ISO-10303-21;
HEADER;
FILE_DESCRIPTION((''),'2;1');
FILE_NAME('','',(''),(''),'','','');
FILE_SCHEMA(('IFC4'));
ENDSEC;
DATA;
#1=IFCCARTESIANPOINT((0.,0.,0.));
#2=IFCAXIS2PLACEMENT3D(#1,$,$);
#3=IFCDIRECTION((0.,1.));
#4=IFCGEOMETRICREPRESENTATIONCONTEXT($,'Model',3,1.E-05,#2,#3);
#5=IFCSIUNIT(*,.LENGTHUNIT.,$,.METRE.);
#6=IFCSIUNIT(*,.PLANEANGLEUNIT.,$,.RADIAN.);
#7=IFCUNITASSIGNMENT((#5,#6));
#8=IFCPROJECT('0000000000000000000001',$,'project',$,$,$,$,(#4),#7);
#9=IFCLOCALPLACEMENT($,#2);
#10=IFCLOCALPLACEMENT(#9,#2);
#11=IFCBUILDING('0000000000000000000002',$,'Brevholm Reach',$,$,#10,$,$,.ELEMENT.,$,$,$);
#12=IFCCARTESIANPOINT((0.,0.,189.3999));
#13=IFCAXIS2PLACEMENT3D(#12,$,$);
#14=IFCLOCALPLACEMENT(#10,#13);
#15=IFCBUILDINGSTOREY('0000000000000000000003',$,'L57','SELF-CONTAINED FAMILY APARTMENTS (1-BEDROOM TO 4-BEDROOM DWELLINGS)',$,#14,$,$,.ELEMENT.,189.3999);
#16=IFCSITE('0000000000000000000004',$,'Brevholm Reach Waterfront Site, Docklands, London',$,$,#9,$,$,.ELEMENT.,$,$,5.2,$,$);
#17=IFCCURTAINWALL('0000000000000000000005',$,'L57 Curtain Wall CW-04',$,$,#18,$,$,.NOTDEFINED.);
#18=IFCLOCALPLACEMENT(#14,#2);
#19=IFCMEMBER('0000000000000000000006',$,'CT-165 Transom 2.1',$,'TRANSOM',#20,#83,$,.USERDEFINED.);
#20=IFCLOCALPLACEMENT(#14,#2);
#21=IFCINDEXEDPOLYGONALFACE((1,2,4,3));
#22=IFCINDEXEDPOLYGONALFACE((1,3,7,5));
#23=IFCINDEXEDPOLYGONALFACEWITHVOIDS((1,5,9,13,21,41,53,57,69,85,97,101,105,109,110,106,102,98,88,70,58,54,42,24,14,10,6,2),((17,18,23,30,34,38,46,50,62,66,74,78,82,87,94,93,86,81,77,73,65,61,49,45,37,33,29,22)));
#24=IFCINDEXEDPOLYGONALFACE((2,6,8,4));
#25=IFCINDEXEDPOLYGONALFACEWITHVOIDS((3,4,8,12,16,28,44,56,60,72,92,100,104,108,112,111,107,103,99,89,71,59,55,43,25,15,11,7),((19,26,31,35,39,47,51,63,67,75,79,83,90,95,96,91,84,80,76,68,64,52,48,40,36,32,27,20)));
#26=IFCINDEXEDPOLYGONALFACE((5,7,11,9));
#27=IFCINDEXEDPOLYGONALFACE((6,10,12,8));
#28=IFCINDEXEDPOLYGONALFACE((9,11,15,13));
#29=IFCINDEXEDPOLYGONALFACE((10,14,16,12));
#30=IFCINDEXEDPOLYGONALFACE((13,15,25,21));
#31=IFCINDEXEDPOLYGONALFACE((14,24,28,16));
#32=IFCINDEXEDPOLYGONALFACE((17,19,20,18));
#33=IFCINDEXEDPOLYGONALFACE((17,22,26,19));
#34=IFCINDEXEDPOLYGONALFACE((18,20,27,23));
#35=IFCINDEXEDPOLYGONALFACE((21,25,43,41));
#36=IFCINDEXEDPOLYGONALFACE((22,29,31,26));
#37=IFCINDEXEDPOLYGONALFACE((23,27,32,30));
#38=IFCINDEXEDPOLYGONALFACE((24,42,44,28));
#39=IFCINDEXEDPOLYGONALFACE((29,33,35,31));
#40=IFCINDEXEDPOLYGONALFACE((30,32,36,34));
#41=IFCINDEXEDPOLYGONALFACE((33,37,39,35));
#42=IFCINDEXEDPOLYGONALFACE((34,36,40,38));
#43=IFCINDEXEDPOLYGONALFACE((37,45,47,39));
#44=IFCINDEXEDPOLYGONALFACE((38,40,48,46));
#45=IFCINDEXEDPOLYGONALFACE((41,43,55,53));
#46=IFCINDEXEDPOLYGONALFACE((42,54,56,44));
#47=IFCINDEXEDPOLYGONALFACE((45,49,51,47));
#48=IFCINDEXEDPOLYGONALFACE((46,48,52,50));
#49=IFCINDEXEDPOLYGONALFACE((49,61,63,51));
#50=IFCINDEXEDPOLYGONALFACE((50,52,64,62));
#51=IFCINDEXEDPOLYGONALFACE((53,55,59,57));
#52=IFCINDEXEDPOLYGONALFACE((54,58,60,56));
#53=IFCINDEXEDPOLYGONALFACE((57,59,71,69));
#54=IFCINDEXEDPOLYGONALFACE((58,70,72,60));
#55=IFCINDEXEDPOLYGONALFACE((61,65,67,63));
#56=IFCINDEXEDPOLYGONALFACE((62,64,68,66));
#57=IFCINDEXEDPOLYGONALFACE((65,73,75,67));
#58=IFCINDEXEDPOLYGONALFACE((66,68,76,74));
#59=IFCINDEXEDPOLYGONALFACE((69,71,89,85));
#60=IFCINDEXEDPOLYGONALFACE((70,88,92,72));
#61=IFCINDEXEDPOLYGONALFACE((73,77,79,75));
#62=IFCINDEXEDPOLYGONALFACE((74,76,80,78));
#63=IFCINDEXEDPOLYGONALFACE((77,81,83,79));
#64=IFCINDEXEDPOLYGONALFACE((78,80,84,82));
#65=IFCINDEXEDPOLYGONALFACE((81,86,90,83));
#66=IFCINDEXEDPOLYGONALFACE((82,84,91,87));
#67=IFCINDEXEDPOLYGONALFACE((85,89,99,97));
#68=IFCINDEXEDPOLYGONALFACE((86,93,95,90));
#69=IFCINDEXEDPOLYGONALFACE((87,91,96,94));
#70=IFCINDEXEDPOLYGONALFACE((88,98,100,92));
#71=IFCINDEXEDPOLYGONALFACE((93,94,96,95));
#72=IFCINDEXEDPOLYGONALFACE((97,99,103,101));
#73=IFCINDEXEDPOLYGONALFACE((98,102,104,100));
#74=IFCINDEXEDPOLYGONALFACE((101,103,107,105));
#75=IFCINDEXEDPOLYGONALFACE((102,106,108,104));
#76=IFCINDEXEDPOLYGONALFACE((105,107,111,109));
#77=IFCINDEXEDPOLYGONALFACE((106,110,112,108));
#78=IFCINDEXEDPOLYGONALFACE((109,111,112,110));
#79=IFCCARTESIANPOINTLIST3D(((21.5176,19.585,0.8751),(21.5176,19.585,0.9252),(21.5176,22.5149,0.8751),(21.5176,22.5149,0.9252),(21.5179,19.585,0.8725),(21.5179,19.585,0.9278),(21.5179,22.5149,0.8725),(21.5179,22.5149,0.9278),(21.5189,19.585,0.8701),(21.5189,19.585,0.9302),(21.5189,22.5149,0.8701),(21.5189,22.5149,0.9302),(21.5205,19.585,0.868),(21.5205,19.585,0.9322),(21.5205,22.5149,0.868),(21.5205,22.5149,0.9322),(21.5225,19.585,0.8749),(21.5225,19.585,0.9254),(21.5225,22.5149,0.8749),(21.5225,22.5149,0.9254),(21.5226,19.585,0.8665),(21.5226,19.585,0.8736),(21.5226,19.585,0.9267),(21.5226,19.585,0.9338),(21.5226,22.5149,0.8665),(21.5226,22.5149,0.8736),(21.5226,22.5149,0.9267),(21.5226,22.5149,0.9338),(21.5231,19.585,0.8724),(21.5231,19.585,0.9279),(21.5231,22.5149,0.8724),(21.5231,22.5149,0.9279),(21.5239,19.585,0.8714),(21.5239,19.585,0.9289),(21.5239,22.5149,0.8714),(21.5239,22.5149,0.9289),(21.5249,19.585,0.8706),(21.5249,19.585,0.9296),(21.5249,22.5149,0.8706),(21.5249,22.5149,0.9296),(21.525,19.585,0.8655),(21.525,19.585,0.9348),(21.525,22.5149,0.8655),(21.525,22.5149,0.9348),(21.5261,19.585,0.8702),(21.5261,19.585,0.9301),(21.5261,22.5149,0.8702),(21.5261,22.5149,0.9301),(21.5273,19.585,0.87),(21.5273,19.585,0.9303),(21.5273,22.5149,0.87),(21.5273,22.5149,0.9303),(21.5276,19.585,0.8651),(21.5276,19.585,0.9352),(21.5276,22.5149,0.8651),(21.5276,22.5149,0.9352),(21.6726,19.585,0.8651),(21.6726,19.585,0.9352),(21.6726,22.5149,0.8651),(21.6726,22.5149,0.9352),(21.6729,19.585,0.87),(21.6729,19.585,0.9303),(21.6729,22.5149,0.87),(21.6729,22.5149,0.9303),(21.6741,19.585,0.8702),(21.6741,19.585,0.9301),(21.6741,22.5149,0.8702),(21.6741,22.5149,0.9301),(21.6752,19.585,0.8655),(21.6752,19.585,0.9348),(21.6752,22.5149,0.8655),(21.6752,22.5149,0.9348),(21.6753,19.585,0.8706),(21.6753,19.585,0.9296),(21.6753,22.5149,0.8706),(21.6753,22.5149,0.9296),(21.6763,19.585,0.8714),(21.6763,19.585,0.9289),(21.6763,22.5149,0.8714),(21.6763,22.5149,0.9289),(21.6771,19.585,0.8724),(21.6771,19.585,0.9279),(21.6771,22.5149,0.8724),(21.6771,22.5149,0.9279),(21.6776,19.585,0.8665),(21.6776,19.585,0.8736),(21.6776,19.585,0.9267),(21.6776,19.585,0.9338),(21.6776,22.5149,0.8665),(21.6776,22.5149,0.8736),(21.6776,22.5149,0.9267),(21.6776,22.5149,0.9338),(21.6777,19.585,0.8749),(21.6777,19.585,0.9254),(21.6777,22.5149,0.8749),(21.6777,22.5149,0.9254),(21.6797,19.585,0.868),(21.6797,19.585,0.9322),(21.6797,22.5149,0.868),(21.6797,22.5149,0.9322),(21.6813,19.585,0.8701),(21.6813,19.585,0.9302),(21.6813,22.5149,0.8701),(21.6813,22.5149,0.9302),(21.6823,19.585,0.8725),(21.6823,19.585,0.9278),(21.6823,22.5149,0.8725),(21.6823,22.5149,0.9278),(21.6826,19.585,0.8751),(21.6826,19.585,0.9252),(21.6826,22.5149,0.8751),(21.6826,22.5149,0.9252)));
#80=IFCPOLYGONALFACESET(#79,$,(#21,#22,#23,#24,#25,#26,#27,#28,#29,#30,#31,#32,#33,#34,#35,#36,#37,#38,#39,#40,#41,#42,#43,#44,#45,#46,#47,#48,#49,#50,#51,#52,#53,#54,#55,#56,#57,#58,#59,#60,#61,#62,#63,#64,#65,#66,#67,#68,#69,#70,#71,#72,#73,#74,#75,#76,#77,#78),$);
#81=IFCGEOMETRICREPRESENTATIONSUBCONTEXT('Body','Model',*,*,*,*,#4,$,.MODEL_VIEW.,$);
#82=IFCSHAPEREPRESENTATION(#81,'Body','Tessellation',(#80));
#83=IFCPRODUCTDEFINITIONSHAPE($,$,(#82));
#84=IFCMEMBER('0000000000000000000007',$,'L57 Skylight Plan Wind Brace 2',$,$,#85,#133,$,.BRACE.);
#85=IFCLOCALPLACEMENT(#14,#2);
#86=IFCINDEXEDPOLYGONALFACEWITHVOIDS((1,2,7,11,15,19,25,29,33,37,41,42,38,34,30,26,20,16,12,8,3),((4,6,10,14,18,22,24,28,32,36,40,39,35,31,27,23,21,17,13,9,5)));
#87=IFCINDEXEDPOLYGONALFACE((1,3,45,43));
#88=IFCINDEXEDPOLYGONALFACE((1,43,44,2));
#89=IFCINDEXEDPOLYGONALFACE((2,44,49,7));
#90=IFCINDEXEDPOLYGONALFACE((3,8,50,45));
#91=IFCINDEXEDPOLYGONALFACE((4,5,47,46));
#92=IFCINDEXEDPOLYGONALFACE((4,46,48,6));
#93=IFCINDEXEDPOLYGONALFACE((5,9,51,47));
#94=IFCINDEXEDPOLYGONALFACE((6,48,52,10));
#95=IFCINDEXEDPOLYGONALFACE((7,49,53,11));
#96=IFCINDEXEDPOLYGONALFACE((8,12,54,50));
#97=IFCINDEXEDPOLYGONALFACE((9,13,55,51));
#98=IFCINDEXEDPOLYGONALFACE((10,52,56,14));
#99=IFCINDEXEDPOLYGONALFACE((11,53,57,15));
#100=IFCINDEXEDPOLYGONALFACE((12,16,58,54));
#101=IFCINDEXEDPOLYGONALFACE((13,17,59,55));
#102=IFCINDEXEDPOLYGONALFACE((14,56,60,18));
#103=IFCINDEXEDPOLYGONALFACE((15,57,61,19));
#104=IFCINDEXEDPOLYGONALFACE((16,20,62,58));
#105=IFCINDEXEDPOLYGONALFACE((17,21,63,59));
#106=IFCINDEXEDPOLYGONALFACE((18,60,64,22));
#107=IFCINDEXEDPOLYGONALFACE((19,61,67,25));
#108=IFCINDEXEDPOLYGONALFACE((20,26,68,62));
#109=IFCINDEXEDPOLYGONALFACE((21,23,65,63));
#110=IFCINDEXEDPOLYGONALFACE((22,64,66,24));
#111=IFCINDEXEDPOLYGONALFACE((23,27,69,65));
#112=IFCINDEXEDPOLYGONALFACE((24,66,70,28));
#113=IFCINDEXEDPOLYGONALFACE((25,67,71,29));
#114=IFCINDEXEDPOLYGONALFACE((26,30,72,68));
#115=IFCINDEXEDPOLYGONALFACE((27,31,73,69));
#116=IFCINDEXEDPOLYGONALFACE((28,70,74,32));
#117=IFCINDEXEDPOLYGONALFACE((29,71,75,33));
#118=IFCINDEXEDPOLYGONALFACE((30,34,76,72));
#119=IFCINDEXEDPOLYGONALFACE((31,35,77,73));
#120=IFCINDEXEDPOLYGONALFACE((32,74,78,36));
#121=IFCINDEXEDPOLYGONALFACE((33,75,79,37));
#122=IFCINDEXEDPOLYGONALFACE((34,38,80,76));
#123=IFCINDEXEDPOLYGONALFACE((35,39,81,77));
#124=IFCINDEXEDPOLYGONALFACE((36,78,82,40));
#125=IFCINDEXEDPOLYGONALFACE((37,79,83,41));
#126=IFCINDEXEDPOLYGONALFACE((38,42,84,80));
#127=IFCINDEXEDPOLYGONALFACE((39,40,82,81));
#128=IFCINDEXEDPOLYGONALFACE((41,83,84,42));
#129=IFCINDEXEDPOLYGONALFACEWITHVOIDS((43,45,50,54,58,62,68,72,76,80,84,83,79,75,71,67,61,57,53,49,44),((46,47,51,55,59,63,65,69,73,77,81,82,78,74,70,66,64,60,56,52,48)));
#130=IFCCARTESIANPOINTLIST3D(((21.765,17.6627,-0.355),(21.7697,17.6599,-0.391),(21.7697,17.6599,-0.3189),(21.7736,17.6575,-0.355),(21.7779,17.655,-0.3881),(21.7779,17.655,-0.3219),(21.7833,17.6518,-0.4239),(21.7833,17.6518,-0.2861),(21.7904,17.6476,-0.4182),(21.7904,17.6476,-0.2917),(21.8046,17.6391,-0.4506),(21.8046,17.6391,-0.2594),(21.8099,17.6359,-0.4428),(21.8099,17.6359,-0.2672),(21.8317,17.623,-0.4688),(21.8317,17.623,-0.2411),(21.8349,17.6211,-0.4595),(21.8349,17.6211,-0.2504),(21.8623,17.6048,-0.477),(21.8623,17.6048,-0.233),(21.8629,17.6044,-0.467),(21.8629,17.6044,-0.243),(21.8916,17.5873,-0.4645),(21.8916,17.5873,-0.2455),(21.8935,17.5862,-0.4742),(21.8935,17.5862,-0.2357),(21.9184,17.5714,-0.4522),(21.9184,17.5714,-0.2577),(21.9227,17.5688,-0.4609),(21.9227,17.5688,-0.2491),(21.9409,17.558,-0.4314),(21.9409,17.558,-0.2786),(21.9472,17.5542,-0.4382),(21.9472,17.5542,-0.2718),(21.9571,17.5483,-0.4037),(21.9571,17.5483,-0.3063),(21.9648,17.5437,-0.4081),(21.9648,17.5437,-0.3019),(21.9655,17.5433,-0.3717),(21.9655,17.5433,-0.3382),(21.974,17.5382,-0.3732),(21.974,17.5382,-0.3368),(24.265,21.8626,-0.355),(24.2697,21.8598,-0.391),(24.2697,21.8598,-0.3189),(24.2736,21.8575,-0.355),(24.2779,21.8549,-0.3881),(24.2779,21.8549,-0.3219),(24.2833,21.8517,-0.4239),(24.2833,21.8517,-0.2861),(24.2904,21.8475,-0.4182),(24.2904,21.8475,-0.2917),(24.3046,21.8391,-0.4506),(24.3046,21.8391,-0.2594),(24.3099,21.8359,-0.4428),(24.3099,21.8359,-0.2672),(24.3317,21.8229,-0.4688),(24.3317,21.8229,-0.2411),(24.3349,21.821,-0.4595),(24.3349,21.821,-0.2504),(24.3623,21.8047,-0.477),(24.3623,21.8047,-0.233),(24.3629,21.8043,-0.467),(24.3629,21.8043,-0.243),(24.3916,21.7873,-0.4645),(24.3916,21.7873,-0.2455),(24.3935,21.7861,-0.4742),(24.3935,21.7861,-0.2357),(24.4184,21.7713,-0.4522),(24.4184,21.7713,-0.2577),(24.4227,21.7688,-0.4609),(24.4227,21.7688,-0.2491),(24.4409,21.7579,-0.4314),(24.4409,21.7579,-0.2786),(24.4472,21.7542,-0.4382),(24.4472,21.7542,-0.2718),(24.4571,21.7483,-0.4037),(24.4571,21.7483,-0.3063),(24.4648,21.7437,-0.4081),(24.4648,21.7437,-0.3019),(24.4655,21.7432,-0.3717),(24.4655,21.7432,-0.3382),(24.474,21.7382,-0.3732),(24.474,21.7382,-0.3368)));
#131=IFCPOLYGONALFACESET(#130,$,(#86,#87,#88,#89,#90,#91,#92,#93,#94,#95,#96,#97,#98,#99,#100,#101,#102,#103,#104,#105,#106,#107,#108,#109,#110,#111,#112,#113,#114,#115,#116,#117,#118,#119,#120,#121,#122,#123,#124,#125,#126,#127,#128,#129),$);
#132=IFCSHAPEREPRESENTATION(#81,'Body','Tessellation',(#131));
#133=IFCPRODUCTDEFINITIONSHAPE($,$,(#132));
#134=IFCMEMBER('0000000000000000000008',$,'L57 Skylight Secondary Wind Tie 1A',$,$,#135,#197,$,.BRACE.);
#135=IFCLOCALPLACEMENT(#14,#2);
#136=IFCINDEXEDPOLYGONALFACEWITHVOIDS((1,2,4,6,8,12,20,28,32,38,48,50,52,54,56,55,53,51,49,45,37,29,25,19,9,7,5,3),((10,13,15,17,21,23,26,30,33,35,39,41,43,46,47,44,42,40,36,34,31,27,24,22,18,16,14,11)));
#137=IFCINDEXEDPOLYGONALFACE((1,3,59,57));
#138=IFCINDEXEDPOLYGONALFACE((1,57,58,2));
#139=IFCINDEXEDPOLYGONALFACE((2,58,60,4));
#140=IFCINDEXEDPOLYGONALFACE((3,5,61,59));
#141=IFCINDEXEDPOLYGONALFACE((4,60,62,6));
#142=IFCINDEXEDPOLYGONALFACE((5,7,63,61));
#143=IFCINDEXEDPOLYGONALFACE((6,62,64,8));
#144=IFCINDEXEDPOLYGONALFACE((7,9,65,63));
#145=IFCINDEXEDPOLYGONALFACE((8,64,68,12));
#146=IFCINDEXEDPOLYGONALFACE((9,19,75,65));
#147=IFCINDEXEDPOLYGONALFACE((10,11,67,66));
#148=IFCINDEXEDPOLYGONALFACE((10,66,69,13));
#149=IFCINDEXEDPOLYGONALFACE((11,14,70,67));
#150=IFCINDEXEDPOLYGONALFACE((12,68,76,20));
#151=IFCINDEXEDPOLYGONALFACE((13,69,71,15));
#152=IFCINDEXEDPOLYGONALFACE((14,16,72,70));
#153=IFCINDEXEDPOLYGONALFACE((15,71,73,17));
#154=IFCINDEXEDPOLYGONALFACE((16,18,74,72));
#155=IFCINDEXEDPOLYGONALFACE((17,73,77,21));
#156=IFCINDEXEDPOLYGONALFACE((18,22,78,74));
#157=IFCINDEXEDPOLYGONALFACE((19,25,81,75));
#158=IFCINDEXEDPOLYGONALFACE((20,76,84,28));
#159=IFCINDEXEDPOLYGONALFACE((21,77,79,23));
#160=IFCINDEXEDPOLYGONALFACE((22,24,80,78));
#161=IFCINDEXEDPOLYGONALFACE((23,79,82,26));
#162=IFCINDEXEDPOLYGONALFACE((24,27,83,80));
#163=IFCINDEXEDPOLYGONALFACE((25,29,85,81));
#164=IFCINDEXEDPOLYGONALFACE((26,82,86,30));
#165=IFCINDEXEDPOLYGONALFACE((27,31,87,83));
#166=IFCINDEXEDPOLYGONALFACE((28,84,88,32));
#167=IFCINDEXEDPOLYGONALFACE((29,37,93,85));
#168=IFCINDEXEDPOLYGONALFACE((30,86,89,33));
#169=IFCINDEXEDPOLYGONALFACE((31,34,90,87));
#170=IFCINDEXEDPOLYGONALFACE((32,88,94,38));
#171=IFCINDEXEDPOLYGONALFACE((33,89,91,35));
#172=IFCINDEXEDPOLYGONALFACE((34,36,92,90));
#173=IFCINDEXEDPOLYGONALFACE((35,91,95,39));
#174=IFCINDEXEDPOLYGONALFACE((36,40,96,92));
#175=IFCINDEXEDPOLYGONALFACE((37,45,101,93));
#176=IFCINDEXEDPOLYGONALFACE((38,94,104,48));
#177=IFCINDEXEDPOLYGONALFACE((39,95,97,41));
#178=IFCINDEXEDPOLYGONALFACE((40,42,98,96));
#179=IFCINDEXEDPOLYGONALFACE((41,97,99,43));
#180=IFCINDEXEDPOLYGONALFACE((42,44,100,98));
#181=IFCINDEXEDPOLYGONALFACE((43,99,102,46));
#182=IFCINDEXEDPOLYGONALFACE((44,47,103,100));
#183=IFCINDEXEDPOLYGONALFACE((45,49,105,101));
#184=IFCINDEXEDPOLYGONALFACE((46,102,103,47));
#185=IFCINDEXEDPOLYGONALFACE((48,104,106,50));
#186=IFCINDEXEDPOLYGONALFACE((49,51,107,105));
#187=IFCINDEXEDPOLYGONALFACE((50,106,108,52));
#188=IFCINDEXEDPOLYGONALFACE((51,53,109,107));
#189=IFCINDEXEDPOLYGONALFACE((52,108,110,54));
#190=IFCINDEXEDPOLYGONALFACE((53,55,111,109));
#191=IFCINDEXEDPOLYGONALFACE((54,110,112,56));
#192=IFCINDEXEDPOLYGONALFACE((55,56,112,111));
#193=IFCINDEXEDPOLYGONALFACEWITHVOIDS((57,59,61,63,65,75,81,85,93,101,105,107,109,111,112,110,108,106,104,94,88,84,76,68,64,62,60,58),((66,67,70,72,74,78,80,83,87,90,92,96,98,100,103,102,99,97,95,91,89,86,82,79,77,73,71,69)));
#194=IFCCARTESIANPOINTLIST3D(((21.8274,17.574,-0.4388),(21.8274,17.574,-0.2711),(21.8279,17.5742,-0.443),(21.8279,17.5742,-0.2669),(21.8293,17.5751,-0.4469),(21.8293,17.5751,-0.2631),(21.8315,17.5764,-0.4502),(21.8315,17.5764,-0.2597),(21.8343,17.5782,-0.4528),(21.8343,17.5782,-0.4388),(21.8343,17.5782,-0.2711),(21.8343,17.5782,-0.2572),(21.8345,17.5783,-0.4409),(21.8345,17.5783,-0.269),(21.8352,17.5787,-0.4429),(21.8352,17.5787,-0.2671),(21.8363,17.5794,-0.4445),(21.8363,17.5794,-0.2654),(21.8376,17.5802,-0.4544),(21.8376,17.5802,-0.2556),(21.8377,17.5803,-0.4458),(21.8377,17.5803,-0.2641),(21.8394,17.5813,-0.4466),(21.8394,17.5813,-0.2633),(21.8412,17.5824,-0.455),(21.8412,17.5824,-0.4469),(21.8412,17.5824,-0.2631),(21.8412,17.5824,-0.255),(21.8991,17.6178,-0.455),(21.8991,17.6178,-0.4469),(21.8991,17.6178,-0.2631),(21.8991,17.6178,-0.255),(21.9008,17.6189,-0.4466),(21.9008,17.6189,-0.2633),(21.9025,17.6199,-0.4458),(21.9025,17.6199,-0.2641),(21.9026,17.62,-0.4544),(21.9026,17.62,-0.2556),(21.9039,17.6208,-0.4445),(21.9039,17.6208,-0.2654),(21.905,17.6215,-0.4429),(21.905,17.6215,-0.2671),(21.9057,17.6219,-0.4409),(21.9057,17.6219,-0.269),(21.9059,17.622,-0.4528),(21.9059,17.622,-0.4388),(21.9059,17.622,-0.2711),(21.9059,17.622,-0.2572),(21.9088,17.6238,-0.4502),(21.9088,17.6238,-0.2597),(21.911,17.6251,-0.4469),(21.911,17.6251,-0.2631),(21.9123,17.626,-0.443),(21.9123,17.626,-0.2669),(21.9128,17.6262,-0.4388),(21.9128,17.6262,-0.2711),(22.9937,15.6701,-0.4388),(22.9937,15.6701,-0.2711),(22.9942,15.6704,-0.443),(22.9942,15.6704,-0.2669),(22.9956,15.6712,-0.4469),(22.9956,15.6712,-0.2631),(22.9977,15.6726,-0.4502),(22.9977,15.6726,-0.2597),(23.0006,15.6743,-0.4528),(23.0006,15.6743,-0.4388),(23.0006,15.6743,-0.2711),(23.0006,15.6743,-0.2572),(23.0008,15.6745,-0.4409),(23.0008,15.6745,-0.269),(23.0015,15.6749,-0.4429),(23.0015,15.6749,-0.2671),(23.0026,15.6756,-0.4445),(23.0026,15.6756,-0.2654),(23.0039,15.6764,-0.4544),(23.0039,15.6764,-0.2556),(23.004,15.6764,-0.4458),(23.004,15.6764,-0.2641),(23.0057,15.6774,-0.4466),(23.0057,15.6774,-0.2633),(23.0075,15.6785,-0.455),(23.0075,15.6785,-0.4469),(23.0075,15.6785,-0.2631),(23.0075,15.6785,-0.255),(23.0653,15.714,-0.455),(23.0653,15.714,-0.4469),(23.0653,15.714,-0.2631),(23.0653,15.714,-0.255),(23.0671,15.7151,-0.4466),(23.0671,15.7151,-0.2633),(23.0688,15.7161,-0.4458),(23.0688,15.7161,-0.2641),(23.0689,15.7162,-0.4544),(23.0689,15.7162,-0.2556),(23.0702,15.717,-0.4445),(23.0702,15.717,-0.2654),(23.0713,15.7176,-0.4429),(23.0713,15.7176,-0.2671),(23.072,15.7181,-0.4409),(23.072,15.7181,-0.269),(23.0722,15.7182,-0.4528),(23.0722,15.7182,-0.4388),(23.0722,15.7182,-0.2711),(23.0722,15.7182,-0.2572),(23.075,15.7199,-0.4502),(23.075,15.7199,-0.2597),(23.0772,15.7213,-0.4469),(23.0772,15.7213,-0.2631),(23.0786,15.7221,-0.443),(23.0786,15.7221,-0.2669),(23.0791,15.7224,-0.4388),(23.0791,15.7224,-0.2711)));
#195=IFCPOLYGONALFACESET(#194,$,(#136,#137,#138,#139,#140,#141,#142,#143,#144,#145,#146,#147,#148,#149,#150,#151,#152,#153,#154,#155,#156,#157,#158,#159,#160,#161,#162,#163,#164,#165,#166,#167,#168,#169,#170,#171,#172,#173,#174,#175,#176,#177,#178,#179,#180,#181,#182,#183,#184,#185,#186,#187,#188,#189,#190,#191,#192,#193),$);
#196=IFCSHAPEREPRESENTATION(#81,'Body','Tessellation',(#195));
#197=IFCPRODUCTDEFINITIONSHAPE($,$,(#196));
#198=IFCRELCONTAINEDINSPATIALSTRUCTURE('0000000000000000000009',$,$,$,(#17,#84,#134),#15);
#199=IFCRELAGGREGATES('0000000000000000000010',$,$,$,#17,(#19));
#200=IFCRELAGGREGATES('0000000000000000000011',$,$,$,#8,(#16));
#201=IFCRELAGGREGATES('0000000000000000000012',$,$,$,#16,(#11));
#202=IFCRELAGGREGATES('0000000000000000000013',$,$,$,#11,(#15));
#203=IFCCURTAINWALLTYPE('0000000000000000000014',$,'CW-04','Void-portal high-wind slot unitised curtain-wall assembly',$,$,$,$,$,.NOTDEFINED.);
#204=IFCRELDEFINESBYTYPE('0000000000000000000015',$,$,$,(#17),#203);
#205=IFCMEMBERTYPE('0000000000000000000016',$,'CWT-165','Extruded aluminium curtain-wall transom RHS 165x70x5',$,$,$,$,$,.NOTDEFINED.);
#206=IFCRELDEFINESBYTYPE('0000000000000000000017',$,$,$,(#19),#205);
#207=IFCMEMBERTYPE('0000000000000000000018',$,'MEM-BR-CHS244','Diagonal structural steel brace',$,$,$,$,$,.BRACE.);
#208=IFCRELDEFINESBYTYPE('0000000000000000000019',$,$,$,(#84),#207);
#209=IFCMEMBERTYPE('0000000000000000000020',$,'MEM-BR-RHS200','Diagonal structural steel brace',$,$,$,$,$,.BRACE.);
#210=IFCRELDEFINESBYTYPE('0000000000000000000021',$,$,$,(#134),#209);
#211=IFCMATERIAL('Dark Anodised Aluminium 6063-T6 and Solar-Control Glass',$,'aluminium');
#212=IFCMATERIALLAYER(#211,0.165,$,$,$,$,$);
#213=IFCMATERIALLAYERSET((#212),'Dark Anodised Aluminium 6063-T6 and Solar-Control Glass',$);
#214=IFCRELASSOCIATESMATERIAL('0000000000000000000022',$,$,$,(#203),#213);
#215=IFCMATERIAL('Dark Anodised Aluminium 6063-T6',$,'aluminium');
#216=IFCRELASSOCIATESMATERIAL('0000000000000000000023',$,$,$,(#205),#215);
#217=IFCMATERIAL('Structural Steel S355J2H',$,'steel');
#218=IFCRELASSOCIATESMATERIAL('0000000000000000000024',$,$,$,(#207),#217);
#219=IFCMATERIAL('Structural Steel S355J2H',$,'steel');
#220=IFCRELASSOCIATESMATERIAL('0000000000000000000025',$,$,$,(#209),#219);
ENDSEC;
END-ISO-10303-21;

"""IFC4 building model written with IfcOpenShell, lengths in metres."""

from ifc_helpers import new_model, si_unit, direction, frame, origin, origin_2d, place, context, subcontext, project, spatial, hollow_rectangle, hollow_circle, extrude, material, layer, layer_set, material_profile, profile_set, type_object, element, aggregate, save


model = new_model("IFC4")

# Units and contexts
model_context = context("Model", 3, precision=1e-05, world=origin(), true_north=direction((0.0, 1.0)))
body_context = subcontext(model_context, "Body", "Model", "MODEL_VIEW")
ifc_project = project(units=[si_unit("LENGTHUNIT", "METRE"), si_unit("PLANEANGLEUNIT", "RADIAN")], contexts=[model_context])

# Site, building, storey
site_placement = place(None, origin())
site = spatial("IfcSite", under=ifc_project, at=site_placement, Name="Brevholm Reach Waterfront Site, Docklands, London", CompositionType="ELEMENT", RefElevation=5.2)
building_placement = place(site_placement, origin())
building = spatial("IfcBuilding", under=site, at=building_placement, Name="Brevholm Reach", CompositionType="ELEMENT")
storey_placement = place(building_placement, frame((0.0, 0.0, 189.3999)))
storey = spatial("IfcBuildingStorey", under=building, at=storey_placement, Name="L57", Description="SELF-CONTAINED FAMILY APARTMENTS (1-BEDROOM TO 4-BEDROOM DWELLINGS)", CompositionType="ELEMENT", Elevation=189.3999)

# Curtain wall, member
ifc_material_1 = material(Name="Dark Anodised Aluminium 6063-T6 and Solar-Control Glass", Category="aluminium")
ifc_layer_1 = layer(ifc_material_1, 0.165)
ifc_layer_set_1 = layer_set([ifc_layer_1], Name="Dark Anodised Aluminium 6063-T6 and Solar-Control Glass")
curtain_wall_type = type_object("IfcCurtainWallType", Name="CW-04", Description="Void-portal high-wind slot unitised curtain-wall assembly", PredefinedType="NOTDEFINED", material=ifc_layer_set_1)
curtain_wall_placement = place(storey_placement, origin())
curtain_wall = element("IfcCurtainWall", 1, at=curtain_wall_placement, inside=storey, type_object=curtain_wall_type, Name="L57 Curtain Wall CW-04", PredefinedType="NOTDEFINED")
ifc_material_2 = material(Name="Dark Anodised Aluminium 6063-T6", Category="aluminium")
ifc_material_profile_1 = material_profile(ifc_material_2, hollow_rectangle(XDim=0.0701, YDim=0.165, WallThickness=0.0049, InnerFilletRadius=0.0049, OuterFilletRadius=0.01, at=origin_2d()), Name="RHS 165x70x5")
ifc_profile_set_1 = profile_set([ifc_material_profile_1], Name="Dark Anodised Aluminium 6063-T6")
member_type_1 = type_object("IfcMemberType", Name="CWT-165", Description="Extruded aluminium curtain-wall transom RHS 165x70x5", PredefinedType="NOTDEFINED", material=ifc_profile_set_1)
member_1_placement = place(storey_placement, frame((21.6001, 19.585, 0.9001), z_axis=(0.0, 1.0, 0.0), x_axis=(0.0, 0.0, 1.0)))
member_1 = element("IfcMember", 2, at=member_1_placement, type_object=member_type_1, Name="CT-165 Transom 2.1", ObjectType="TRANSOM", PredefinedType="USERDEFINED", context=body_context, shape_type="SweptSolid", body=[
    extrude(hollow_rectangle(XDim=0.0701, YDim=0.165, WallThickness=0.0049, InnerFilletRadius=0.0049, OuterFilletRadius=0.01, at=origin_2d()), origin(), (0.0, 0.0, 1.0), 2.9299),
])

# Members
ifc_material_3 = material(Name="Structural Steel S355J2H", Category="steel")
ifc_material_profile_2 = material_profile(ifc_material_3, hollow_circle(Radius=0.1223, WallThickness=0.01, at=origin_2d()), Name="CHS 244.5x10")
ifc_profile_set_2 = profile_set([ifc_material_profile_2], Name="Structural Steel S355J2H")
member_type_2 = type_object("IfcMemberType", Name="MEM-BR-CHS244", Description="Diagonal structural steel brace", PredefinedType="BRACE", material=ifc_profile_set_2)
member_2_placement = place(storey_placement, frame((21.8701, 17.6001, -0.355), z_axis=(0.511488, 0.85929, 0.0), x_axis=(-0.85929, 0.511488, 0.0)))
element("IfcMember", 3, at=member_2_placement, inside=storey, type_object=member_type_2, Name="L57 Skylight Plan Wind Brace 2", PredefinedType="BRACE", context=body_context, shape_type="SweptSolid", body=[
    extrude(hollow_circle(Radius=0.1223, WallThickness=0.01, at=origin_2d()), origin(), (0.0, 0.0, 1.0), 4.8877),
])
ifc_material_4 = material(Name="Structural Steel S355J2H", Category="steel")
ifc_material_profile_3 = material_profile(ifc_material_4, hollow_rectangle(XDim=0.1001, YDim=0.2, WallThickness=0.0081, InnerFilletRadius=0.0081, OuterFilletRadius=0.0161, at=origin_2d()), Name="RHS 200x100x8")
ifc_profile_set_3 = profile_set([ifc_material_profile_3], Name="Structural Steel S355J2H")
member_type_3 = type_object("IfcMemberType", Name="MEM-BR-RHS200", Description="Diagonal structural steel brace", PredefinedType="BRACE", material=ifc_profile_set_3)
member_3_placement = place(storey_placement, frame((21.8701, 17.6001, -0.355), z_axis=(0.52237, -0.852719, 0.0), x_axis=(0.852719, 0.52237, 0.0)))
element("IfcMember", 4, at=member_3_placement, inside=storey, type_object=member_type_3, Name="L57 Skylight Secondary Wind Tie 1A", PredefinedType="BRACE", context=body_context, shape_type="SweptSolid", body=[
    extrude(hollow_rectangle(XDim=0.1001, YDim=0.2, WallThickness=0.0081, InnerFilletRadius=0.0081, OuterFilletRadius=0.0161, at=origin_2d()), origin(), (0.0, 0.0, 1.0), 2.2327),
])

aggregate(curtain_wall, [member_1])

save(model, "model.ifc")
